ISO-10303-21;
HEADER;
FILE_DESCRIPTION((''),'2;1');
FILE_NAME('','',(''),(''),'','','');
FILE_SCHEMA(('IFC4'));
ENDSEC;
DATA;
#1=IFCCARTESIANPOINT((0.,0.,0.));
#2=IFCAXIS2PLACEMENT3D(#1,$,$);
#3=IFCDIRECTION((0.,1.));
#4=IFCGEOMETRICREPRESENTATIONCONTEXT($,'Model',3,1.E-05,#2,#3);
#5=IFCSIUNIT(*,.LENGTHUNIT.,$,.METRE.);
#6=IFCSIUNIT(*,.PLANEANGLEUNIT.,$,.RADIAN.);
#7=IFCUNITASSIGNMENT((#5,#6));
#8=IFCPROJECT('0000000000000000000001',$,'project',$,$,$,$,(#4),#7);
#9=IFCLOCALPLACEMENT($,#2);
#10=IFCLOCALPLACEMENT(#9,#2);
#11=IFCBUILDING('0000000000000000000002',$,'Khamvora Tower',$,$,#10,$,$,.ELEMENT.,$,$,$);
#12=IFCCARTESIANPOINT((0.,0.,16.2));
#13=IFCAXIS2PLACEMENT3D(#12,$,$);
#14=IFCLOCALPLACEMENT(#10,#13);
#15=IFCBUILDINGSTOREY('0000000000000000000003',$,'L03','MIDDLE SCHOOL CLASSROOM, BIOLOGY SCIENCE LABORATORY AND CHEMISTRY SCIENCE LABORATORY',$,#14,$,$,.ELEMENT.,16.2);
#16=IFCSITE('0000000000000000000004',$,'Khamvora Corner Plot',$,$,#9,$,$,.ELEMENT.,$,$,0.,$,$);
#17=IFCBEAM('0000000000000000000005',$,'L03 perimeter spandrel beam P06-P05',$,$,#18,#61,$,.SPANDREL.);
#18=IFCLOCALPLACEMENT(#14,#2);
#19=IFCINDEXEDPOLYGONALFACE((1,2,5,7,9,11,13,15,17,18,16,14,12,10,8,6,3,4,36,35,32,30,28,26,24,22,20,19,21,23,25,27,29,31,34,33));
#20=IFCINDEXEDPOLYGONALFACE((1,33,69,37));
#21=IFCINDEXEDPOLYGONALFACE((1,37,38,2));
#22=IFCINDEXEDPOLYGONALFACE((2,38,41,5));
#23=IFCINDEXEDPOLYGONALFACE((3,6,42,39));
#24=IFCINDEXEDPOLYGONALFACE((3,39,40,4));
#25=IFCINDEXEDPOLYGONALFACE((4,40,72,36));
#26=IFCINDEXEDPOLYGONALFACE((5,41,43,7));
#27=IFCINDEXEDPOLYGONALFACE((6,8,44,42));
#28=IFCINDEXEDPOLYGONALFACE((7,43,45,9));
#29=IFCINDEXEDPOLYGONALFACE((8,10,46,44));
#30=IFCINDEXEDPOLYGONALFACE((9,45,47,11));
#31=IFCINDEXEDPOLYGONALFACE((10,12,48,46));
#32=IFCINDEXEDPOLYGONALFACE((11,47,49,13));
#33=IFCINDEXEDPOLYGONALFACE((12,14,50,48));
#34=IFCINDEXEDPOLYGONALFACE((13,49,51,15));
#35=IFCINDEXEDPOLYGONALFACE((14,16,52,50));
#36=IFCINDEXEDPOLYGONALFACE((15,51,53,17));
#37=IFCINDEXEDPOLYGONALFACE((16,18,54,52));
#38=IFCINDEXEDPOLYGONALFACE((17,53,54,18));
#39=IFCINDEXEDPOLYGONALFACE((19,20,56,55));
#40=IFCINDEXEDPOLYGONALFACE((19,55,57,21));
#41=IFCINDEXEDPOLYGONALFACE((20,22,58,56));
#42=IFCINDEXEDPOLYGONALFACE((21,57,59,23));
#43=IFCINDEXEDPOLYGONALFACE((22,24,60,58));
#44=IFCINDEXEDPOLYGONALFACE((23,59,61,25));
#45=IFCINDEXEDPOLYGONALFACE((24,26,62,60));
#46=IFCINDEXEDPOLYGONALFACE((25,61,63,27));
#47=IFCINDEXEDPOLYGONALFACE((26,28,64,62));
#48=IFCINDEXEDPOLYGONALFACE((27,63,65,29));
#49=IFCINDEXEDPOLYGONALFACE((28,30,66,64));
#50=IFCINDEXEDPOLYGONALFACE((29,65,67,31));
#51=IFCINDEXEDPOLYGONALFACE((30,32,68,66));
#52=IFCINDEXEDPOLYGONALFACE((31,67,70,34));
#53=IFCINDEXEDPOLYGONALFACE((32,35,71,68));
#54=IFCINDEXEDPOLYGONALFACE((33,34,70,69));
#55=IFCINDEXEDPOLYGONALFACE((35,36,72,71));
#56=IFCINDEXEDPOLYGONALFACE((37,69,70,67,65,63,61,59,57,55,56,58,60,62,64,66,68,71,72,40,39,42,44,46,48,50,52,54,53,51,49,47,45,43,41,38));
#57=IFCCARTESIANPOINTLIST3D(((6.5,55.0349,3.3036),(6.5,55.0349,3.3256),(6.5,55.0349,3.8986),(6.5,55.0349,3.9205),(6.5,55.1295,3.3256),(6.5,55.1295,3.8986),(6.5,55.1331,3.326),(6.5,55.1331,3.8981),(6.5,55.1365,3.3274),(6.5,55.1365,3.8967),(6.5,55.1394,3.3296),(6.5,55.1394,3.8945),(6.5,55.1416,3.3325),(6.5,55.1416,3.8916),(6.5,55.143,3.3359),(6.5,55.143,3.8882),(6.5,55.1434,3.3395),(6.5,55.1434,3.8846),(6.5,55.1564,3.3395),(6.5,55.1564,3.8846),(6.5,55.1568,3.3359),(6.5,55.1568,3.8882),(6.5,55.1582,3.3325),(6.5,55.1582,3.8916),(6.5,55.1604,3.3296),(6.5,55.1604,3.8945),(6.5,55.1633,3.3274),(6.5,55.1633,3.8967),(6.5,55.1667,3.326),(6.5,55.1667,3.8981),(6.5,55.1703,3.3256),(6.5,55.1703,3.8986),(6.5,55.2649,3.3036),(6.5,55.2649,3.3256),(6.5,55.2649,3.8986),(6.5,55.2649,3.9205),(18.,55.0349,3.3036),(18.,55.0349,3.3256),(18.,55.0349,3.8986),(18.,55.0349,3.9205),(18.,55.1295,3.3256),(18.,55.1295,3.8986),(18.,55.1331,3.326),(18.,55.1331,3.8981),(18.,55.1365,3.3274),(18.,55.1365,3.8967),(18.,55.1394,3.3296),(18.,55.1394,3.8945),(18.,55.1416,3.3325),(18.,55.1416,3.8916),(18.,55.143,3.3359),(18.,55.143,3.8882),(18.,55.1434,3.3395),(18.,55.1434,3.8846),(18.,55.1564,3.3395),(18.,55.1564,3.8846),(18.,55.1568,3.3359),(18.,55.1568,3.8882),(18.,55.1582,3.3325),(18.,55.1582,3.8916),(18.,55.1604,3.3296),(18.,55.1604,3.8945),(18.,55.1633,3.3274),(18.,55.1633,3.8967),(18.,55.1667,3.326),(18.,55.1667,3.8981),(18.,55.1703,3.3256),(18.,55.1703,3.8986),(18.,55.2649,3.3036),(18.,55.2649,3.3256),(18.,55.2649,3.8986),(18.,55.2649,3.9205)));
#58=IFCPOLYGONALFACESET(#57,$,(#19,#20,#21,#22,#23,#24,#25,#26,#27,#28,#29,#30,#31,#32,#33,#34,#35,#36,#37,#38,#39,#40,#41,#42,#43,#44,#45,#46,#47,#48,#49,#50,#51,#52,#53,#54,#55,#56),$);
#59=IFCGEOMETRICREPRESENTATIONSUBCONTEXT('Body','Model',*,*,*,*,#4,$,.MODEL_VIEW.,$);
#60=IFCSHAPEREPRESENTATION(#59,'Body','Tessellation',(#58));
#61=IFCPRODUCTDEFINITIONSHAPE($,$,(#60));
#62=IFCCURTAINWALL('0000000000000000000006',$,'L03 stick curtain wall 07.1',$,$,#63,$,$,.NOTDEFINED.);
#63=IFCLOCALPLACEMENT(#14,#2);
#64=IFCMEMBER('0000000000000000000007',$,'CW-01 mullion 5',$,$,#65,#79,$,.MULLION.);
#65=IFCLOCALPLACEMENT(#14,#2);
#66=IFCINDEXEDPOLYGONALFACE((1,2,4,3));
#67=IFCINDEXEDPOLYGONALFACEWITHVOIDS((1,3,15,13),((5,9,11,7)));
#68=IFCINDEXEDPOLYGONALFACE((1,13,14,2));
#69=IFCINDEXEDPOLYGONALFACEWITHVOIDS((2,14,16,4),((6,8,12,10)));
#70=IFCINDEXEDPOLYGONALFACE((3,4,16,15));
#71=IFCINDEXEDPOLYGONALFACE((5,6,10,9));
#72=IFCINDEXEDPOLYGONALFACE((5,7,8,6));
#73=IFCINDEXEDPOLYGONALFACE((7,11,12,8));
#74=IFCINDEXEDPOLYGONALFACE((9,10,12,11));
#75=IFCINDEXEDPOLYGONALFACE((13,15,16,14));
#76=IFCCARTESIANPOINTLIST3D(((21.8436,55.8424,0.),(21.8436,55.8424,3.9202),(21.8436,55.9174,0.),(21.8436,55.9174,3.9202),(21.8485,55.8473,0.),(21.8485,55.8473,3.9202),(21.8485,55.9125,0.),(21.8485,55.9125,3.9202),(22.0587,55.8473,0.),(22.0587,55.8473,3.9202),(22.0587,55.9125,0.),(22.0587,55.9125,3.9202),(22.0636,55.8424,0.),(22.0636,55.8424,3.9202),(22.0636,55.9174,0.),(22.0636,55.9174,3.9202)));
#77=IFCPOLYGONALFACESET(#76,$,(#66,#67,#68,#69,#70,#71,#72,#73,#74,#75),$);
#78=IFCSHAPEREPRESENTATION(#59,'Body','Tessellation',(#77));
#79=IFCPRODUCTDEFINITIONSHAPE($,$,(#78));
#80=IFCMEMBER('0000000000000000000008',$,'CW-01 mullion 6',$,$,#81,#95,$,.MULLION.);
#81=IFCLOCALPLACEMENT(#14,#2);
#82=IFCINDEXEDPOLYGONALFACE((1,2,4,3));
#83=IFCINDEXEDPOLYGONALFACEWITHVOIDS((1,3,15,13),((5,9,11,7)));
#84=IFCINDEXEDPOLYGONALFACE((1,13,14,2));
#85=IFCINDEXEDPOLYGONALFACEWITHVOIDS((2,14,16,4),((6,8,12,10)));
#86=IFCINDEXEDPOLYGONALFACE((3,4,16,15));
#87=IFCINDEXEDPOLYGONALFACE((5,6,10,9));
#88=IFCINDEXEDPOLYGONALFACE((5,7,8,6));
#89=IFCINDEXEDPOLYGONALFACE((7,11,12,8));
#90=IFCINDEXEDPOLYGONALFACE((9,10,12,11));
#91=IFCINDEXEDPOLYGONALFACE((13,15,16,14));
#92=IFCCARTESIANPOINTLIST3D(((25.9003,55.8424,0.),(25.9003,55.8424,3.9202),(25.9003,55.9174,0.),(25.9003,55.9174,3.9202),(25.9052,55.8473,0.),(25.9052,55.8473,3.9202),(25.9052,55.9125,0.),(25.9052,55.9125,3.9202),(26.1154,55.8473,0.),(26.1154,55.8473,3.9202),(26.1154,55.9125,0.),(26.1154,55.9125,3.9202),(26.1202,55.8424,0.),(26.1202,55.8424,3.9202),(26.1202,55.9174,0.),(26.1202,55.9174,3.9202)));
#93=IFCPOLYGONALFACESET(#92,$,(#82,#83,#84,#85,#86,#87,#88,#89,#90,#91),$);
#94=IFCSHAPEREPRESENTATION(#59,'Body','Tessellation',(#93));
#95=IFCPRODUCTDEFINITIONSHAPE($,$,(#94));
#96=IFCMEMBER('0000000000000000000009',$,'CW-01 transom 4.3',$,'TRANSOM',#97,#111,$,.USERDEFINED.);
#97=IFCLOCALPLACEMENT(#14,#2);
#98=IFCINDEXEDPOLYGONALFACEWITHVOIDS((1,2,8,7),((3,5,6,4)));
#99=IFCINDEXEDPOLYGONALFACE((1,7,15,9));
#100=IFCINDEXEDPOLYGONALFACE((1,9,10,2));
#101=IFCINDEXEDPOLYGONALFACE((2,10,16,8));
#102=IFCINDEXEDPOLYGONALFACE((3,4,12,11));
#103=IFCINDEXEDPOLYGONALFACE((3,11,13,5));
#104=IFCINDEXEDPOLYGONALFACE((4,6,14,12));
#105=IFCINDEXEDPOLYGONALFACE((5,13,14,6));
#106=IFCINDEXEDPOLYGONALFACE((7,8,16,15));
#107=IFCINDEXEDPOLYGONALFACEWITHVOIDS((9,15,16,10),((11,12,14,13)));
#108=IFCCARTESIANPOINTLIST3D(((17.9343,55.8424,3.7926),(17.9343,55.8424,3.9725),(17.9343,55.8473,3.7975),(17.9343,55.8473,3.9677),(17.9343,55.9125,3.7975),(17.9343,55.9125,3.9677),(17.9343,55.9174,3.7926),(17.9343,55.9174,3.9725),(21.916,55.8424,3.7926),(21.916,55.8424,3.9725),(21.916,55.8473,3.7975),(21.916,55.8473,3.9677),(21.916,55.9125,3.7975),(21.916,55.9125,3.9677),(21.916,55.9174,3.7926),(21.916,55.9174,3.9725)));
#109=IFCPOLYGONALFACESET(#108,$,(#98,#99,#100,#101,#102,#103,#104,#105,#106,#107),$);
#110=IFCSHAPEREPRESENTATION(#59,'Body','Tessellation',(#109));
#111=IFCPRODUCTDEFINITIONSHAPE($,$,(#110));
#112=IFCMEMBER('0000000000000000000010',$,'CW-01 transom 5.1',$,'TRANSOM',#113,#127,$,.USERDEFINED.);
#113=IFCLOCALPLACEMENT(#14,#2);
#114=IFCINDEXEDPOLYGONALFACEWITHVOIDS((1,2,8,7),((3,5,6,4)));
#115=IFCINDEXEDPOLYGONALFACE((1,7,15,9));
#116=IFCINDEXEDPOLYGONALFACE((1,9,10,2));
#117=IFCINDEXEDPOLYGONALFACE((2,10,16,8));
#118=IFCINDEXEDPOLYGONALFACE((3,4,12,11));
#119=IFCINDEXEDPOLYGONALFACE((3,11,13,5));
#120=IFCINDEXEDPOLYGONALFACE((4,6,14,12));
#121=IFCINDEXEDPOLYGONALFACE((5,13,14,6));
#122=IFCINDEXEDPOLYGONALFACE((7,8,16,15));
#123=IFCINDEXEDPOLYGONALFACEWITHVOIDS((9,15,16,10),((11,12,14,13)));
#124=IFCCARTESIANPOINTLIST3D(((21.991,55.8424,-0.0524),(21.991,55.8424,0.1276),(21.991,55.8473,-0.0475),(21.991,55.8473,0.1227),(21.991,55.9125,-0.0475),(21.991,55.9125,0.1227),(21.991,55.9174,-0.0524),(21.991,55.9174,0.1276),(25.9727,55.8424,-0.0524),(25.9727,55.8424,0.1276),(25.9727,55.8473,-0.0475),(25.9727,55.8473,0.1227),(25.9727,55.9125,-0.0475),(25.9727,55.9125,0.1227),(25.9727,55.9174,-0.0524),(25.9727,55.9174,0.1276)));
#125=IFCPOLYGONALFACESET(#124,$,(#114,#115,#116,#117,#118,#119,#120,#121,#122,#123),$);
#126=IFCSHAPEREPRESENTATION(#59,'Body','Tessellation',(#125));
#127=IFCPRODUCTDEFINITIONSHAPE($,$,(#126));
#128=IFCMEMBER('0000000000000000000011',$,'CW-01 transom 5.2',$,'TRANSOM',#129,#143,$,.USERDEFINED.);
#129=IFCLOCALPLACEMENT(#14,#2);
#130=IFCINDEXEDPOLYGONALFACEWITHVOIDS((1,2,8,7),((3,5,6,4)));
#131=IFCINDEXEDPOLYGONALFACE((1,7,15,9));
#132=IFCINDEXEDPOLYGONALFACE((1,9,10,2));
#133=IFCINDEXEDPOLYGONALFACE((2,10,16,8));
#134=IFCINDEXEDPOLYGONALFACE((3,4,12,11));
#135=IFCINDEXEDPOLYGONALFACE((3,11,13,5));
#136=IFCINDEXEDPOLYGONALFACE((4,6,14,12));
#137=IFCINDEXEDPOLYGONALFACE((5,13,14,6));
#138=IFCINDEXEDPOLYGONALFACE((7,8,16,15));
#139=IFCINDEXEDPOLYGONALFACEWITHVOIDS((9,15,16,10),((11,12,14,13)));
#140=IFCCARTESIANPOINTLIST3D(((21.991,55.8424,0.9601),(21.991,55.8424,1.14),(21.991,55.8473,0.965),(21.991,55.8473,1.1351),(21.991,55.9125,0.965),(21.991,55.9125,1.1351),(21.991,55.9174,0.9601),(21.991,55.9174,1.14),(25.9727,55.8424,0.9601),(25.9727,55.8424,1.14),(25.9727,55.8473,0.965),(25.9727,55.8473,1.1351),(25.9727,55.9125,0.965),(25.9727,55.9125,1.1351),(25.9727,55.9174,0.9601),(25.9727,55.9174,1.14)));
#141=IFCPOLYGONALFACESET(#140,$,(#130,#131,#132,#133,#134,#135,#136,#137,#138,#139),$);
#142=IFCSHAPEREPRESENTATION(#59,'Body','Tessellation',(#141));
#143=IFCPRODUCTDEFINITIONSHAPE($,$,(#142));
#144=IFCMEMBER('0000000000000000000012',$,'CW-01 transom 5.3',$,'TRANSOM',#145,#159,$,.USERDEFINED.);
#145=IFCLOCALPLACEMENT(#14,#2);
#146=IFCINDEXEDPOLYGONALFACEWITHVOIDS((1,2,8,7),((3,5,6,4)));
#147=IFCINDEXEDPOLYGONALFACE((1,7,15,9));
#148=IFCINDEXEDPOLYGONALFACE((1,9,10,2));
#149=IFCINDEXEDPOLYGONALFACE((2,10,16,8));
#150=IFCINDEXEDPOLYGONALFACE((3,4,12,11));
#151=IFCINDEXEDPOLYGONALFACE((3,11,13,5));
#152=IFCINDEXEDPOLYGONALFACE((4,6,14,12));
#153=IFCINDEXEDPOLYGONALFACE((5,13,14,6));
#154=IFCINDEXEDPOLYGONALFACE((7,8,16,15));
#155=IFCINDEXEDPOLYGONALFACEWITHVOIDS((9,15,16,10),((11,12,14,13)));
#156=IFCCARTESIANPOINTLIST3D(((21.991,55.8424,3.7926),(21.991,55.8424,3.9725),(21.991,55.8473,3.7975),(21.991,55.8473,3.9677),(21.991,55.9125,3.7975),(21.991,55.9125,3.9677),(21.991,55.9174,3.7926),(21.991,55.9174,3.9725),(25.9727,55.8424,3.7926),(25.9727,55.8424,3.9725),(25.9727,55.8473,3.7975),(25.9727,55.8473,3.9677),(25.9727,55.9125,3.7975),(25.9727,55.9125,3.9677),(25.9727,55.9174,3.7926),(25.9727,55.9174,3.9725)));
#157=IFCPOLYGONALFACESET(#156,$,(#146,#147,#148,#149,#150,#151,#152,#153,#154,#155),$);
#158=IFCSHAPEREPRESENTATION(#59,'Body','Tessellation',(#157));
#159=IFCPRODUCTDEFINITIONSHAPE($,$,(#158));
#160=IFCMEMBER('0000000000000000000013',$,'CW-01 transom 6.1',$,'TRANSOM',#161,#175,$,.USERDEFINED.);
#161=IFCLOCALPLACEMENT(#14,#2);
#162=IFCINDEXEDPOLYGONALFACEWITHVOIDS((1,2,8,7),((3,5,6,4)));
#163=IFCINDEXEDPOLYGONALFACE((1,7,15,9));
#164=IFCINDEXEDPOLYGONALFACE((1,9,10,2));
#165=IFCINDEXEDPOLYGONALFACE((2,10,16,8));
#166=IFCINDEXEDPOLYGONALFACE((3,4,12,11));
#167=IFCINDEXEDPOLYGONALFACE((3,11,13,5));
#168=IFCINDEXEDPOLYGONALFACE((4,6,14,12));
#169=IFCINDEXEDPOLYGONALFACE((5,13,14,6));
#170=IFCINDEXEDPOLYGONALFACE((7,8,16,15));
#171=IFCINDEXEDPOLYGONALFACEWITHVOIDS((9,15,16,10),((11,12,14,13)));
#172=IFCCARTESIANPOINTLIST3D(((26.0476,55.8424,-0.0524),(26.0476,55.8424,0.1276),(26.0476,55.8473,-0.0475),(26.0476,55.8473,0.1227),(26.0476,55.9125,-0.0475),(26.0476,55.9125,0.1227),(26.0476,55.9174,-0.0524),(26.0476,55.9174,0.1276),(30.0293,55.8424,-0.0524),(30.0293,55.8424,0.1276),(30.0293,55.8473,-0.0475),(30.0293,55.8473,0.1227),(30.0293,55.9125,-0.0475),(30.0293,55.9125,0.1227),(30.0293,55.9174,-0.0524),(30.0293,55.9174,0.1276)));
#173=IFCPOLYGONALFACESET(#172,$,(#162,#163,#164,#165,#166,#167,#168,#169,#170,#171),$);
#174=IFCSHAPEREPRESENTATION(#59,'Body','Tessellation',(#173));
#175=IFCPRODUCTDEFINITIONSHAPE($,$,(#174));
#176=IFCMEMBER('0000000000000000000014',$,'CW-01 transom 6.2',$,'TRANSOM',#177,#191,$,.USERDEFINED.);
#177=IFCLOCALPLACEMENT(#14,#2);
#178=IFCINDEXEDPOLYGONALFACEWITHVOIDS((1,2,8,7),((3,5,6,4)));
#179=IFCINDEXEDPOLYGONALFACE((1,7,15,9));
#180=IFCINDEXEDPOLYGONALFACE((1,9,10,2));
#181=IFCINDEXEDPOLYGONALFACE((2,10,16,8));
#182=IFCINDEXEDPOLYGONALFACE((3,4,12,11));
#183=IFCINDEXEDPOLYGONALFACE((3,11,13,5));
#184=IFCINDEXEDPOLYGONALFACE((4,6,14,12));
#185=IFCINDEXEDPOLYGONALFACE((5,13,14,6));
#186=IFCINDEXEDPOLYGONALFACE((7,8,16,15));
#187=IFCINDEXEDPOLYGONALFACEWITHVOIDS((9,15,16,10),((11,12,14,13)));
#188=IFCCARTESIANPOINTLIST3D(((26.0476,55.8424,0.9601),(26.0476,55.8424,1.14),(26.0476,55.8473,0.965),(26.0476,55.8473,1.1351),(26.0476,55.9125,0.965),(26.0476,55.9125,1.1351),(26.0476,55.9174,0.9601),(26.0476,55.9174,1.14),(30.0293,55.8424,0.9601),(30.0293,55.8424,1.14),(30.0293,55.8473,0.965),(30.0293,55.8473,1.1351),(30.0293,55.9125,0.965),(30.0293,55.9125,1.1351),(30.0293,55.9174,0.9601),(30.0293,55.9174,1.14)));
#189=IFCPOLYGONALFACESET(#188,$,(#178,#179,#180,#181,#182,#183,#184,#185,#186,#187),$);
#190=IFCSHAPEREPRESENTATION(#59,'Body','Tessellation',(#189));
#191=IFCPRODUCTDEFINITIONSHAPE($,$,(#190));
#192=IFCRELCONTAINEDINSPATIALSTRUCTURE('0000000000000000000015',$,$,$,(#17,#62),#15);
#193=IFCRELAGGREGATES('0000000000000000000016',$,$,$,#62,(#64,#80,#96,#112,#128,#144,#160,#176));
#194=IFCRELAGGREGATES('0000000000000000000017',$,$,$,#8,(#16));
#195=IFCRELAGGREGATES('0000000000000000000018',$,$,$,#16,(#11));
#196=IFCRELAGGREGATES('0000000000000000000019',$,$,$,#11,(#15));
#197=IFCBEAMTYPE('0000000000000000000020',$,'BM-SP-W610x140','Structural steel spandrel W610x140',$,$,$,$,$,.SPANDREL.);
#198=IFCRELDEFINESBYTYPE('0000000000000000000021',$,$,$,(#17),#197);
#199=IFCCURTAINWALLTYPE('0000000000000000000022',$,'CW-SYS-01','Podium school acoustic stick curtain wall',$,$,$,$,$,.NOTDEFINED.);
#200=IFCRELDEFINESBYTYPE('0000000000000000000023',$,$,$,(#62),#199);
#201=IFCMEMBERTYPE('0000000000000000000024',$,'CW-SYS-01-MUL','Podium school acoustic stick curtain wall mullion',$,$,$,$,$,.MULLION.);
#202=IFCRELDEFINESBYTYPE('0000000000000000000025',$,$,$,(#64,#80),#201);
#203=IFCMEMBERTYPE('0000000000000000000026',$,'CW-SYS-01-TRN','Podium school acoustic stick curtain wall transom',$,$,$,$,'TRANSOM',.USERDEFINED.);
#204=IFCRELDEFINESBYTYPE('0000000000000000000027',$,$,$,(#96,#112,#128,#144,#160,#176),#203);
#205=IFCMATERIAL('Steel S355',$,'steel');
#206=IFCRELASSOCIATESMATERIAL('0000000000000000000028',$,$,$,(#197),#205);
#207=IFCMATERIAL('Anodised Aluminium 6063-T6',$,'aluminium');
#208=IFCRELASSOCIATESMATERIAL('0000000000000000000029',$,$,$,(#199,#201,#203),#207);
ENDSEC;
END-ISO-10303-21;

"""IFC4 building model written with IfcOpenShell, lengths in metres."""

from ifc_helpers import new_model, si_unit, direction, frame, origin, origin_2d, place, context, subcontext, project, spatial, hollow_rectangle, i_section, extrude, material, material_profile, profile_set, type_object, element, aggregate, save


model = new_model("IFC4")

# Units and contexts
model_context = context("Model", 3, precision=1e-05, world=origin(), true_north=direction((0.0, 1.0)))
body_context = subcontext(model_context, "Body", "Model", "MODEL_VIEW")
ifc_project = project(units=[si_unit("LENGTHUNIT", "METRE"), si_unit("PLANEANGLEUNIT", "RADIAN")], contexts=[model_context])

# Site, building, storey
site_placement = place(None, origin())
site = spatial("IfcSite", under=ifc_project, at=site_placement, Name="Khamvora Corner Plot", CompositionType="ELEMENT", RefElevation=0.0)
building_placement = place(site_placement, origin())
building = spatial("IfcBuilding", under=site, at=building_placement, Name="Khamvora Tower", CompositionType="ELEMENT")
storey_placement = place(building_placement, frame((0.0, 0.0, 16.2)))
storey = spatial("IfcBuildingStorey", under=building, at=storey_placement, Name="L03", Description="MIDDLE SCHOOL CLASSROOM, BIOLOGY SCIENCE LABORATORY AND CHEMISTRY SCIENCE LABORATORY", CompositionType="ELEMENT", Elevation=16.2)

# Beam
ifc_material_1 = material(Name="Steel S355", Category="steel")
ifc_material_profile_1 = material_profile(ifc_material_1, i_section(OverallWidth=0.23, OverallDepth=0.6169, WebThickness=0.0129, FlangeThickness=0.022, FilletRadius=0.0139, at=origin_2d()), Name="W610x140")
ifc_profile_set_1 = profile_set([ifc_material_profile_1], Name="Steel S355")
beam_type_1 = type_object("IfcBeamType", Name="BM-SP-W610x140", Description="Structural steel spandrel W610x140", PredefinedType="SPANDREL", material=ifc_profile_set_1)
beam_1_placement = place(storey_placement, frame((18.0, 55.1499, 3.6121), z_axis=(-1.0, 0.0, 0.0), x_axis=(0.0, -1.0, 0.0)))
element("IfcBeam", 1, at=beam_1_placement, inside=storey, type_object=beam_type_1, Name="L03 perimeter spandrel beam P06-P05", PredefinedType="SPANDREL", context=body_context, shape_type="SweptSolid", body=[
    extrude(i_section(OverallWidth=0.23, OverallDepth=0.6169, WebThickness=0.0129, FlangeThickness=0.022, FilletRadius=0.0139, at=origin_2d()), origin(), (0.0, 0.0, 1.0), 11.5),
])

# Curtain wall, members
ifc_material_2 = material(Name="Anodised Aluminium 6063-T6", Category="aluminium")
curtain_wall_type = type_object("IfcCurtainWallType", Name="CW-SYS-01", Description="Podium school acoustic stick curtain wall", PredefinedType="NOTDEFINED", material=ifc_material_2)
curtain_wall_placement = place(storey_placement, origin())
curtain_wall = element("IfcCurtainWall", 2, at=curtain_wall_placement, inside=storey, type_object=curtain_wall_type, Name="L03 stick curtain wall 07.1", PredefinedType="NOTDEFINED")
ifc_material_profile_2 = material_profile(ifc_material_2, hollow_rectangle(XDim=0.075, YDim=0.22, WallThickness=0.0049, at=origin_2d()), Name="MUL75x220x5")
ifc_profile_set_2 = profile_set([ifc_material_profile_2], Name="Anodised Aluminium 6063-T6")
member_type_1 = type_object("IfcMemberType", Name="CW-SYS-01-MUL", Description="Podium school acoustic stick curtain wall mullion", PredefinedType="MULLION", material=ifc_profile_set_2)
member_1_placement = place(storey_placement, frame((21.9536, 55.8799, 0.0), z_axis=(0.0, 0.0, 1.0), x_axis=(0.0, 1.0, 0.0)))
member_1 = element("IfcMember", 3, at=member_1_placement, type_object=member_type_1, Name="CW-01 mullion 5", PredefinedType="MULLION", context=body_context, shape_type="SweptSolid", body=[
    extrude(hollow_rectangle(XDim=0.075, YDim=0.22, WallThickness=0.0049, at=origin_2d()), origin(), (0.0, 0.0, 1.0), 3.9202),
])
member_2_placement = place(storey_placement, frame((26.0103, 55.8799, 0.0), z_axis=(0.0, 0.0, 1.0), x_axis=(0.0, 1.0, 0.0)))
member_2 = element("IfcMember", 4, at=member_2_placement, type_object=member_type_1, Name="CW-01 mullion 6", PredefinedType="MULLION", context=body_context, shape_type="SweptSolid", body=[
    extrude(hollow_rectangle(XDim=0.075, YDim=0.22, WallThickness=0.0049, at=origin_2d()), origin(), (0.0, 0.0, 1.0), 3.9202),
])
ifc_material_profile_3 = material_profile(ifc_material_2, hollow_rectangle(XDim=0.075, YDim=0.1799, WallThickness=0.0049, at=origin_2d()), Name="TRN75x180x5")
ifc_profile_set_3 = profile_set([ifc_material_profile_3], Name="Anodised Aluminium 6063-T6")
member_type_2 = type_object("IfcMemberType", Name="CW-SYS-01-TRN", Description="Podium school acoustic stick curtain wall transom", ElementType="TRANSOM", PredefinedType="USERDEFINED", material=ifc_profile_set_3)
member_3_placement = place(storey_placement, frame((17.9343, 55.8799, 3.8826), z_axis=(1.0, 0.0, 0.0), x_axis=(0.0, 1.0, 0.0)))
member_3 = element("IfcMember", 5, at=member_3_placement, type_object=member_type_2, Name="CW-01 transom 4.3", ObjectType="TRANSOM", PredefinedType="USERDEFINED", context=body_context, shape_type="SweptSolid", body=[
    extrude(hollow_rectangle(XDim=0.075, YDim=0.1799, WallThickness=0.0049, at=origin_2d()), origin(), (0.0, 0.0, 1.0), 3.9817),
])
member_4_placement = place(storey_placement, frame((21.991, 55.8799, 0.0376), z_axis=(1.0, 0.0, 0.0), x_axis=(0.0, 1.0, 0.0)))
member_4 = element("IfcMember", 6, at=member_4_placement, type_object=member_type_2, Name="CW-01 transom 5.1", ObjectType="TRANSOM", PredefinedType="USERDEFINED", context=body_context, shape_type="SweptSolid", body=[
    extrude(hollow_rectangle(XDim=0.075, YDim=0.1799, WallThickness=0.0049, at=origin_2d()), origin(), (0.0, 0.0, 1.0), 3.9817),
])
member_5_placement = place(storey_placement, frame((21.991, 55.8799, 1.05), z_axis=(1.0, 0.0, 0.0), x_axis=(0.0, 1.0, 0.0)))
member_5 = element("IfcMember", 7, at=member_5_placement, type_object=member_type_2, Name="CW-01 transom 5.2", ObjectType="TRANSOM", PredefinedType="USERDEFINED", context=body_context, shape_type="SweptSolid", body=[
    extrude(hollow_rectangle(XDim=0.075, YDim=0.1799, WallThickness=0.0049, at=origin_2d()), origin(), (0.0, 0.0, 1.0), 3.9817),
])
member_6_placement = place(storey_placement, frame((21.991, 55.8799, 3.8826), z_axis=(1.0, 0.0, 0.0), x_axis=(0.0, 1.0, 0.0)))
member_6 = element("IfcMember", 8, at=member_6_placement, type_object=member_type_2, Name="CW-01 transom 5.3", ObjectType="TRANSOM", PredefinedType="USERDEFINED", context=body_context, shape_type="SweptSolid", body=[
    extrude(hollow_rectangle(XDim=0.075, YDim=0.1799, WallThickness=0.0049, at=origin_2d()), origin(), (0.0, 0.0, 1.0), 3.9817),
])
member_7_placement = place(storey_placement, frame((26.0476, 55.8799, 0.0376), z_axis=(1.0, 0.0, 0.0), x_axis=(0.0, 1.0, 0.0)))
member_7 = element("IfcMember", 9, at=member_7_placement, type_object=member_type_2, Name="CW-01 transom 6.1", ObjectType="TRANSOM", PredefinedType="USERDEFINED", context=body_context, shape_type="SweptSolid", body=[
    extrude(hollow_rectangle(XDim=0.075, YDim=0.1799, WallThickness=0.0049, at=origin_2d()), origin(), (0.0, 0.0, 1.0), 3.9817),
])
member_8_placement = place(storey_placement, frame((26.0476, 55.8799, 1.05), z_axis=(1.0, 0.0, 0.0), x_axis=(0.0, 1.0, 0.0)))
member_8 = element("IfcMember", 10, at=member_8_placement, type_object=member_type_2, Name="CW-01 transom 6.2", ObjectType="TRANSOM", PredefinedType="USERDEFINED", context=body_context, shape_type="SweptSolid", body=[
    extrude(hollow_rectangle(XDim=0.075, YDim=0.1799, WallThickness=0.0049, at=origin_2d()), origin(), (0.0, 0.0, 1.0), 3.9817),
])
aggregate(curtain_wall, [member_1, member_2, member_3, member_4, member_5, member_6, member_7, member_8])

save(model, "model.ifc")
